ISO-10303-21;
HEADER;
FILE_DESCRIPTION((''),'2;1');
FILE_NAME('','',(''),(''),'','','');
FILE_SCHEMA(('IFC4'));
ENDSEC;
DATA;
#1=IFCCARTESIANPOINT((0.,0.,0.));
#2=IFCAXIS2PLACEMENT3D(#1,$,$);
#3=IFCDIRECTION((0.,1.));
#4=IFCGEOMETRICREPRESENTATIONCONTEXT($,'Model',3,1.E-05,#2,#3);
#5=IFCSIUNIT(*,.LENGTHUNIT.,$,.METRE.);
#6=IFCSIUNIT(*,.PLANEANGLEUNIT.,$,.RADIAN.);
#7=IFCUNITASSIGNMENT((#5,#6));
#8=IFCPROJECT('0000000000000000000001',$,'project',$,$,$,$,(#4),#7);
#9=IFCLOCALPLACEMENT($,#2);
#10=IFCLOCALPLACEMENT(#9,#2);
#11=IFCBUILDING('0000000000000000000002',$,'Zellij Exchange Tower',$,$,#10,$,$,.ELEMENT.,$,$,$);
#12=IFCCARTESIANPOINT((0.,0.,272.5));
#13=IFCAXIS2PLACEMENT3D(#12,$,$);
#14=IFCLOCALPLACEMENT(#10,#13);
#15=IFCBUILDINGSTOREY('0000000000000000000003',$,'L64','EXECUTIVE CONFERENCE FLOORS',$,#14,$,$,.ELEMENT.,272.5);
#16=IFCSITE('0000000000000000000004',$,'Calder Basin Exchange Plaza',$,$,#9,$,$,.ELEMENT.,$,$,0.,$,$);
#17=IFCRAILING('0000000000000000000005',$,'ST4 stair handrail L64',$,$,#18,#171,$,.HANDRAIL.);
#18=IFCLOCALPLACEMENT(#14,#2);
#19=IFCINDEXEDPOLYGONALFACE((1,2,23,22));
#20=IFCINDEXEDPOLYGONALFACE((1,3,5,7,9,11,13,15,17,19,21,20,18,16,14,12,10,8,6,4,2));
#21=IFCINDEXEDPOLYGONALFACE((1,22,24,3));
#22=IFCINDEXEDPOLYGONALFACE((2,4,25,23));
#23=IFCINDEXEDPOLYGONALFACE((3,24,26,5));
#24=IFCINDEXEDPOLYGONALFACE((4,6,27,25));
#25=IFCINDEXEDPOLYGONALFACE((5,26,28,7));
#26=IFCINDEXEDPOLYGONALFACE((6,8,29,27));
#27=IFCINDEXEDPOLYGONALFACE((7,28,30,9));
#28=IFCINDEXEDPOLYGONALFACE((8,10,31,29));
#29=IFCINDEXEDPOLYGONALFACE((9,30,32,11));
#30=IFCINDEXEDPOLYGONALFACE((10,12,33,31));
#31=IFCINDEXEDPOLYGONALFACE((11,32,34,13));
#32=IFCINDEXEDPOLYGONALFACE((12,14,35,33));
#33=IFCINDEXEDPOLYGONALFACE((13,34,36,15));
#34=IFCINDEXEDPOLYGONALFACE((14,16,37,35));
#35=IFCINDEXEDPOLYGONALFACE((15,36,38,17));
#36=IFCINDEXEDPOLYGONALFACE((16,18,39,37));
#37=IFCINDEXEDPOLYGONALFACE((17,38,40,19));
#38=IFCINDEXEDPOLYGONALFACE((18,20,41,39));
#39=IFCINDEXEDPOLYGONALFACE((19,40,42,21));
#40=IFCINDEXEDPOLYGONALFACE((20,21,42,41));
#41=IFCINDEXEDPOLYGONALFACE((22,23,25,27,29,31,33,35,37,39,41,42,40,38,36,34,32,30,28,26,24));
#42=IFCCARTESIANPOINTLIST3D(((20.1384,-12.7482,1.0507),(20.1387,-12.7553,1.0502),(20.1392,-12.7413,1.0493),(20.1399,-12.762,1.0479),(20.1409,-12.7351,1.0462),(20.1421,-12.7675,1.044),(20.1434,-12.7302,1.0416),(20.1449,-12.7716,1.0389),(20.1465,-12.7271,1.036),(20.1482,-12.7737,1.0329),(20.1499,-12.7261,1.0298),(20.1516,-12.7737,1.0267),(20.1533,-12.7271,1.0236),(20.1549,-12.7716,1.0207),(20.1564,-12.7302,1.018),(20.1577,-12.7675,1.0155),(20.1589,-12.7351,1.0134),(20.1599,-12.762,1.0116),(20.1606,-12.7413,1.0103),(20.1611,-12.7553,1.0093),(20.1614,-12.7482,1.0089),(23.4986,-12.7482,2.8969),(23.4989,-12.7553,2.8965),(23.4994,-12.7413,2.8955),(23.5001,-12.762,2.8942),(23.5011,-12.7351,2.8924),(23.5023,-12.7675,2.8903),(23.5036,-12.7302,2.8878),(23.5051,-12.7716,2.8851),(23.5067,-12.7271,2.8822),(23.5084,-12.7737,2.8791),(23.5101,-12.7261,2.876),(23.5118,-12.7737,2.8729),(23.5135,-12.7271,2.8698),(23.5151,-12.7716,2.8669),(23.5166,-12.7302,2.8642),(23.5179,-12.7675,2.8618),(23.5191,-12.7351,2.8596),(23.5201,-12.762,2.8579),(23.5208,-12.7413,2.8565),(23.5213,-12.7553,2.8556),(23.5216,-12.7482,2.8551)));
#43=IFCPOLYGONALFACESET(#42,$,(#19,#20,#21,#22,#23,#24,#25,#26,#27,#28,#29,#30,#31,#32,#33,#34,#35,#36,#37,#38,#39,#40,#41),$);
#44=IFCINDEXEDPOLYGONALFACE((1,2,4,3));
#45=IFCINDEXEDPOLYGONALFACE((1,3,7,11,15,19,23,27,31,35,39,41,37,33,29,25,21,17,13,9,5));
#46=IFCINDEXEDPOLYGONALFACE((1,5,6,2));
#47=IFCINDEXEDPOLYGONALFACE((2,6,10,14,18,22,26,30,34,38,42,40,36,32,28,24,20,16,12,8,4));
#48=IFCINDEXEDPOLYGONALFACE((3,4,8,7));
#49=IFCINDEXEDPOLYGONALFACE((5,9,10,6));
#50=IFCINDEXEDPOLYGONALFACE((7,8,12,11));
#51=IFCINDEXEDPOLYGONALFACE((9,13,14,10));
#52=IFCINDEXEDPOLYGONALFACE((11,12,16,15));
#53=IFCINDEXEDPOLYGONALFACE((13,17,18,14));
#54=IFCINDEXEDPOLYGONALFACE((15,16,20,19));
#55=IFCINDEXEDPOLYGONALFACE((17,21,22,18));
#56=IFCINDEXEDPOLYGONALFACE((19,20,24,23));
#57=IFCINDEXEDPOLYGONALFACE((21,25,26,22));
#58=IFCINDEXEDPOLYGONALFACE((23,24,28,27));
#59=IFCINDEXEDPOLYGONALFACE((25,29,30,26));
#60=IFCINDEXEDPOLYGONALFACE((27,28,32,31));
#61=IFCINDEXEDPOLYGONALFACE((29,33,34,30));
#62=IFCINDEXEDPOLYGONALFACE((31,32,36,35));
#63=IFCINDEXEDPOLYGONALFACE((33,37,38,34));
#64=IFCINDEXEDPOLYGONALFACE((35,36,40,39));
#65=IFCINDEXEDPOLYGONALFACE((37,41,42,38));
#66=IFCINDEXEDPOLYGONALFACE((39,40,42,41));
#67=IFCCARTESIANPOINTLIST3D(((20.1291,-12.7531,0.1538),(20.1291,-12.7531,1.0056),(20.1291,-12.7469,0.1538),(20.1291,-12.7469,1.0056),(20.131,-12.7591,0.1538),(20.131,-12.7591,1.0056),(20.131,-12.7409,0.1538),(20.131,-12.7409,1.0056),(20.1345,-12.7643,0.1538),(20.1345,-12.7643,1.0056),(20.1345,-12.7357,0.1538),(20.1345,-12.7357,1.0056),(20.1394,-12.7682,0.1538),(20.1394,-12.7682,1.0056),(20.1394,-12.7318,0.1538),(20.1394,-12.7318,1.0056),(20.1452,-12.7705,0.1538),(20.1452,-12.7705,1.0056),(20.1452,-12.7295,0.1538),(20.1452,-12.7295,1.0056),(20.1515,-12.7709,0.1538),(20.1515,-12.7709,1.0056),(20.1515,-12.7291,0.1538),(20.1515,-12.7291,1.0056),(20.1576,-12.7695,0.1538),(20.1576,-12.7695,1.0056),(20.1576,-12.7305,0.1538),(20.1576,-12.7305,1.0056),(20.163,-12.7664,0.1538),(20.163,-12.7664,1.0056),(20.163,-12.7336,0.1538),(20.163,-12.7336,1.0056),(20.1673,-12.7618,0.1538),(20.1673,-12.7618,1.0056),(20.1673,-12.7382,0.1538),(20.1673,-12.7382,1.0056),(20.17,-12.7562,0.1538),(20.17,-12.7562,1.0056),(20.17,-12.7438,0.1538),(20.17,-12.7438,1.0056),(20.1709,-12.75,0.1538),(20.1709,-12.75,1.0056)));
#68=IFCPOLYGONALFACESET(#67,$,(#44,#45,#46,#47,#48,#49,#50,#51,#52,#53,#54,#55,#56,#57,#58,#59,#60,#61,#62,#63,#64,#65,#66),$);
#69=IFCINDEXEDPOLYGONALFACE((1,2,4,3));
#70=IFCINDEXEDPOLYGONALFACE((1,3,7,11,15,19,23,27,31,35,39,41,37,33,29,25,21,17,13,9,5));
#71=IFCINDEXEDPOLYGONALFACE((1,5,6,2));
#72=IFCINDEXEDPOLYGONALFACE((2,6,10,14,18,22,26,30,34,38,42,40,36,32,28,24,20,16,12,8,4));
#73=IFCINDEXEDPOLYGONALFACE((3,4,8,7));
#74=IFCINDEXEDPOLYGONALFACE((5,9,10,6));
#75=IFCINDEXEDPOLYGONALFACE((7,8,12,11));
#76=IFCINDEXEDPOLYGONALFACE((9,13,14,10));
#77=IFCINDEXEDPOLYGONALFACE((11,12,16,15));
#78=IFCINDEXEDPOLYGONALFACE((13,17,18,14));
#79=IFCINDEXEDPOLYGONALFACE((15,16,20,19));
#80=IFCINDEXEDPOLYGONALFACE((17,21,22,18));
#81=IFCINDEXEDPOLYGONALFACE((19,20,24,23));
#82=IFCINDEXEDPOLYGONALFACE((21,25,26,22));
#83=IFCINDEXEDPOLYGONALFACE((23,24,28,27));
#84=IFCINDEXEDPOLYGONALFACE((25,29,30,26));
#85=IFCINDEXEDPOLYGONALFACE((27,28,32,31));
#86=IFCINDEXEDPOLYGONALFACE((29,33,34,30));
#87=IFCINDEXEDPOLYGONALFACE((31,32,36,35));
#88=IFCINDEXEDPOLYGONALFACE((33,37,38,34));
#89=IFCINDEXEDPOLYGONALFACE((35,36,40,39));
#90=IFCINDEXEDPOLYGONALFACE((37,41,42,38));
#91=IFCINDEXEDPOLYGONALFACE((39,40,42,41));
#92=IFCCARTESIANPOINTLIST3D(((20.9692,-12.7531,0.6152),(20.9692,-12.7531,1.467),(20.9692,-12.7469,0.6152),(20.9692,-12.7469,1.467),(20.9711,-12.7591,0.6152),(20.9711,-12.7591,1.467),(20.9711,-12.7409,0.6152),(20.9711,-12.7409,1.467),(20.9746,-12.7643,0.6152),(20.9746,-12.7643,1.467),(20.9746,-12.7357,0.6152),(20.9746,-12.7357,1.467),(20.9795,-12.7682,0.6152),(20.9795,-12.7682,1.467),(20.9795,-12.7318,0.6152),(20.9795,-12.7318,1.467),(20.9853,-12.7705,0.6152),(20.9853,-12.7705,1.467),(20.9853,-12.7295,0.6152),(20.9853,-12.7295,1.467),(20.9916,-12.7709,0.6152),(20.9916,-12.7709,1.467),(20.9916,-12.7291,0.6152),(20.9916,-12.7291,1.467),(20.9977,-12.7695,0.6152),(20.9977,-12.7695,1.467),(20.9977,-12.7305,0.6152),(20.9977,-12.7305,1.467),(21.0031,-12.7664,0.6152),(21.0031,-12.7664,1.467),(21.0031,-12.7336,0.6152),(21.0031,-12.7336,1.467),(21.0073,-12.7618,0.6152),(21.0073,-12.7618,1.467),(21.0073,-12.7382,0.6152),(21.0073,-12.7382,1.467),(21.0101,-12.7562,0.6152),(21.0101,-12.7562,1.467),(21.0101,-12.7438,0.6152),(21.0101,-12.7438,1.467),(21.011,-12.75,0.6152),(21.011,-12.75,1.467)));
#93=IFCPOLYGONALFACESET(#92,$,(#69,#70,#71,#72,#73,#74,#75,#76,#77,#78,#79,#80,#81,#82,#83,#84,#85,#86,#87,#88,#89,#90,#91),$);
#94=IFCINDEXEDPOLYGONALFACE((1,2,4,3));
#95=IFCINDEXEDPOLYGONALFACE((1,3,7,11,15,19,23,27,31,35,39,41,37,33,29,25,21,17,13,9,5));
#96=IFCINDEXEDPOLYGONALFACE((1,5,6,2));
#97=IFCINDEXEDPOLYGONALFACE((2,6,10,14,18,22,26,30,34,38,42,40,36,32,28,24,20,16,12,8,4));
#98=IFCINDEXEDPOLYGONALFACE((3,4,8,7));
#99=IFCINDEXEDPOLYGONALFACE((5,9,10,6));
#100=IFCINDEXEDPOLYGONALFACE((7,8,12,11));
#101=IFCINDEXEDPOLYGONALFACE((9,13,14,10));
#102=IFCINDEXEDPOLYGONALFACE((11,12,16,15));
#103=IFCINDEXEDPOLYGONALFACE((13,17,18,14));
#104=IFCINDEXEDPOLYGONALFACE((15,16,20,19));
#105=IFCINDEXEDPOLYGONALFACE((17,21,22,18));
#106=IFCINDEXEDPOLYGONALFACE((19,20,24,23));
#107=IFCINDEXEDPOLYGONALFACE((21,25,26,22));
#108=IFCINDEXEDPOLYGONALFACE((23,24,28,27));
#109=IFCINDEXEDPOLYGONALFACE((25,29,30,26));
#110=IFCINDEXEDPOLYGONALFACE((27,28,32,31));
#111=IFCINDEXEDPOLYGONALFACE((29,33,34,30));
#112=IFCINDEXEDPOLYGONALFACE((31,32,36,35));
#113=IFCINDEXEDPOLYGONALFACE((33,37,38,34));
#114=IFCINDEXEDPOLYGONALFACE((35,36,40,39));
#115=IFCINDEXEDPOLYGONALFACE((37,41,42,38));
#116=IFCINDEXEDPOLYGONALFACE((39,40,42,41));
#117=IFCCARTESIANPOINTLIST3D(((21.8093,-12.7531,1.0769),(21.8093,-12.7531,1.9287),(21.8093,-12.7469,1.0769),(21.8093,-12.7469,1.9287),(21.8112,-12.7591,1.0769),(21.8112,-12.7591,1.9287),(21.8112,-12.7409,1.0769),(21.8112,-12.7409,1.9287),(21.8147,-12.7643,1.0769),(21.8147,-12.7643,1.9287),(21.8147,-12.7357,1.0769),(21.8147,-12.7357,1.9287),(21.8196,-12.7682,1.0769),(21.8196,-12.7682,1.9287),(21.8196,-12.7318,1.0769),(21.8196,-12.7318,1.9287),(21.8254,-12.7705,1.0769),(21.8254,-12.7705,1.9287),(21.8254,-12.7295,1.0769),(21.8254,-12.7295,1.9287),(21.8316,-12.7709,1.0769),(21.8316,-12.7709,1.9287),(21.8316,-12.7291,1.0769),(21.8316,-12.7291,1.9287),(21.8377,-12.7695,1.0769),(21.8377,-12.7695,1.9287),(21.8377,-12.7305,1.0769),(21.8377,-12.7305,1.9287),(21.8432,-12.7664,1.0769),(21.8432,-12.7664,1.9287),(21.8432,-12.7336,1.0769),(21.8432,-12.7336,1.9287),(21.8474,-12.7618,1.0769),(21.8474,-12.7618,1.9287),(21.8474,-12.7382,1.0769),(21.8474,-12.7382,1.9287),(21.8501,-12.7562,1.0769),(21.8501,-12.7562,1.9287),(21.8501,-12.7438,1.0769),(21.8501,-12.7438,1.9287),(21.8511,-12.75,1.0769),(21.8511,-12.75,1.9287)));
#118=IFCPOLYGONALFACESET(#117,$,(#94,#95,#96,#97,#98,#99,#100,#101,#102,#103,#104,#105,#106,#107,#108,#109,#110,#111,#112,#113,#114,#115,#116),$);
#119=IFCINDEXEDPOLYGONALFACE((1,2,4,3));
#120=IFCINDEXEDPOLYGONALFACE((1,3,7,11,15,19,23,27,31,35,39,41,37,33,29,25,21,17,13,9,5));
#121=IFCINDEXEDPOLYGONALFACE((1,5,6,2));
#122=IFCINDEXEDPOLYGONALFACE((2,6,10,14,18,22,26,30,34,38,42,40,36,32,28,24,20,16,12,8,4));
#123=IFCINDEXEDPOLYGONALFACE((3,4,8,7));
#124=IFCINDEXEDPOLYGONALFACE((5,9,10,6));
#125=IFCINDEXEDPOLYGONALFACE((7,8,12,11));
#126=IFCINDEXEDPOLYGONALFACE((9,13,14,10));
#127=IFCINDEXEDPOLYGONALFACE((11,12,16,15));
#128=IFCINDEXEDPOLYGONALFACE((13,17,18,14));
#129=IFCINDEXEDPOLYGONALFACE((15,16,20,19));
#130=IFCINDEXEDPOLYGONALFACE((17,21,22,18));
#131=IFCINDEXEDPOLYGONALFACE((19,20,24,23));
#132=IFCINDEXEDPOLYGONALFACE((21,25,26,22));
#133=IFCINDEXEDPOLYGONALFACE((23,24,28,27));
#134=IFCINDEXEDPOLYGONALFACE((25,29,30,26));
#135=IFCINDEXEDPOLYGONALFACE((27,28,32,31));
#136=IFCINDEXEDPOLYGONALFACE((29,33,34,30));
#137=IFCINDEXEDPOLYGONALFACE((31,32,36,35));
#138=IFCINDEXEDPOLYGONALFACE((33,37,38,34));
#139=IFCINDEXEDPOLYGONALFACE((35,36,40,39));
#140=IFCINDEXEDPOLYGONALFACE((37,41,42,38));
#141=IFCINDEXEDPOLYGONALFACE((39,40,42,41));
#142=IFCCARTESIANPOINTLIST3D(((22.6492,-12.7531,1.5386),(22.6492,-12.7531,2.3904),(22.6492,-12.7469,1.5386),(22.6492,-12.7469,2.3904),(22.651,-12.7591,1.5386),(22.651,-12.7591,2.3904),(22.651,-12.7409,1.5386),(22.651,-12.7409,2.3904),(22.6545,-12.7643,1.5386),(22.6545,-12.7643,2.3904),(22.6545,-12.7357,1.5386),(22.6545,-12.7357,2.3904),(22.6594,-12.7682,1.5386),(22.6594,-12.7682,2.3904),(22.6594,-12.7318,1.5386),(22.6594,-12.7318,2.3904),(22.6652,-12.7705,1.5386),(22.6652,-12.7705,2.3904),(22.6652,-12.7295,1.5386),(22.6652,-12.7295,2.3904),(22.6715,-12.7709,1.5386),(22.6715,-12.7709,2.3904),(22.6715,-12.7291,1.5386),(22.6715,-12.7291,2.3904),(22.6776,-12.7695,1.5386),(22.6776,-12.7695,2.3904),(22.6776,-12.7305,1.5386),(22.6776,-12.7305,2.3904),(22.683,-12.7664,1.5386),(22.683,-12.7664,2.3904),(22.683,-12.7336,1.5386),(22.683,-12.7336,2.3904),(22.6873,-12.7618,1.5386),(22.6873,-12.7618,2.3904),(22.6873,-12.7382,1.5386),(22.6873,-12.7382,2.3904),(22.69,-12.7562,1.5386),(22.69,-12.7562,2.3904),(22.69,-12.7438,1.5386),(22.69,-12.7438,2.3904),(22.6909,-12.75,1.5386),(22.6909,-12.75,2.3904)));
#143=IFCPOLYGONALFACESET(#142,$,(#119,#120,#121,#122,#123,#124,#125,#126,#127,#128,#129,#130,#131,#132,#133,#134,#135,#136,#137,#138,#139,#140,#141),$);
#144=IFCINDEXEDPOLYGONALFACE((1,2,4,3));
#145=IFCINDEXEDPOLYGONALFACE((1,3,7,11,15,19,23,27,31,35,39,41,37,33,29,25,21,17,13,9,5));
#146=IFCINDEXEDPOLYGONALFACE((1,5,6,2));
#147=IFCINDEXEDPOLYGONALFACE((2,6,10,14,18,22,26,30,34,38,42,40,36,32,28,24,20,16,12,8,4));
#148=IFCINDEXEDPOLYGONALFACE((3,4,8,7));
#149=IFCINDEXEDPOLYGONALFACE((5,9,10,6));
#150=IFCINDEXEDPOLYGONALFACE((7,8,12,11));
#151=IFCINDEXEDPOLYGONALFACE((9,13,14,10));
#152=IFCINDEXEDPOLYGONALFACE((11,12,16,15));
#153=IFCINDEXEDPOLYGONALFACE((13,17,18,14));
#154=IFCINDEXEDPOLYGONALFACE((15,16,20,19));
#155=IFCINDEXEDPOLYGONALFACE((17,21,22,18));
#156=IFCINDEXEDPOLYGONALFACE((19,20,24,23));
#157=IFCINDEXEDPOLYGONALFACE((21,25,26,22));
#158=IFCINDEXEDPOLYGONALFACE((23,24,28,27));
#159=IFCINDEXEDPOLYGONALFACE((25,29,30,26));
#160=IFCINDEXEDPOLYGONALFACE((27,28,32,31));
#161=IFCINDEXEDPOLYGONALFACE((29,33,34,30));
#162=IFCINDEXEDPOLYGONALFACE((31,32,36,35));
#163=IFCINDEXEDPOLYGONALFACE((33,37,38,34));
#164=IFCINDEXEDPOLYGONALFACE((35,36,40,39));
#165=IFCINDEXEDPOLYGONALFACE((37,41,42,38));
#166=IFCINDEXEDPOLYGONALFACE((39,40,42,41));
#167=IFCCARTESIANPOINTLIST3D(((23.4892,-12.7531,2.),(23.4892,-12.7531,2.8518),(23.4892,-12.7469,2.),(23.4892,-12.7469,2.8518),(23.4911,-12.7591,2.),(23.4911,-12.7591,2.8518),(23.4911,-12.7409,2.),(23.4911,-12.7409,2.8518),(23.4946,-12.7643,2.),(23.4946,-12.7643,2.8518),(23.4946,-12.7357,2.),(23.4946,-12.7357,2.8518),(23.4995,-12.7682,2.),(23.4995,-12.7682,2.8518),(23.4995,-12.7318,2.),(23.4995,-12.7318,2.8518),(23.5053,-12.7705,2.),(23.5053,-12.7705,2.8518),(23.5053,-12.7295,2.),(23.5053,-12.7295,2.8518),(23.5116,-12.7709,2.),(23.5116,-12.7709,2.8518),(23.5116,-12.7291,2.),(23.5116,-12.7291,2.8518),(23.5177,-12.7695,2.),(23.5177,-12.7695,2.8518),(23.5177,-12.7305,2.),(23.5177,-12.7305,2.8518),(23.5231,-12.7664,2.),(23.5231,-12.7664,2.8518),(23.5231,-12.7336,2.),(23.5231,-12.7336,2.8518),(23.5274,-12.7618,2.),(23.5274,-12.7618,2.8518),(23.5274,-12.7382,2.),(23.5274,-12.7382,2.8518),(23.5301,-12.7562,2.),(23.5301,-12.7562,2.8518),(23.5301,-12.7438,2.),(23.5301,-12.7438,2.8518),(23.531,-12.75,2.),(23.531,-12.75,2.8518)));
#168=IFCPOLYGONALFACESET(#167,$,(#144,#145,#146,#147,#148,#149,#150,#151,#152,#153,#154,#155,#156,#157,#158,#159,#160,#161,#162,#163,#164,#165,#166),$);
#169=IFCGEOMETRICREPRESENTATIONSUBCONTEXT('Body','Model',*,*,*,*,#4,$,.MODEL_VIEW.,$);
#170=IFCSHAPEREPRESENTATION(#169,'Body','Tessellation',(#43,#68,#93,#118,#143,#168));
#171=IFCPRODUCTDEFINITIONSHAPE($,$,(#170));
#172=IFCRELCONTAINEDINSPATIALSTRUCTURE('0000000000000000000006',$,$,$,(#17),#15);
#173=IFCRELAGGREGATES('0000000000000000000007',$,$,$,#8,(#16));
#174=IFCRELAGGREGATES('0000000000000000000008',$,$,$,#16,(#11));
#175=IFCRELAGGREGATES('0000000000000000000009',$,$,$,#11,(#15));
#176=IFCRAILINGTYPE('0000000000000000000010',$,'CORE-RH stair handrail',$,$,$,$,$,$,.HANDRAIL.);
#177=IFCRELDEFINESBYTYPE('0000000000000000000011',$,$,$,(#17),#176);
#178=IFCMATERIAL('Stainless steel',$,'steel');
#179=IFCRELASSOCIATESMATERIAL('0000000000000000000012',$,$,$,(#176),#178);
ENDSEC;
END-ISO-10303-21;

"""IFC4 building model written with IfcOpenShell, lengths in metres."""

from ifc_helpers import new_model, si_unit, direction, frame, origin, origin_2d, place, context, subcontext, project, spatial, circle, extrude, material, type_object, element, save


model = new_model("IFC4")

# Units and contexts
model_context = context("Model", 3, precision=1e-05, world=origin(), true_north=direction((0.0, 1.0)))
body_context = subcontext(model_context, "Body", "Model", "MODEL_VIEW")
ifc_project = project(units=[si_unit("LENGTHUNIT", "METRE"), si_unit("PLANEANGLEUNIT", "RADIAN")], contexts=[model_context])

# Site, building, storey
site_placement = place(None, origin())
site = spatial("IfcSite", under=ifc_project, at=site_placement, Name="Calder Basin Exchange Plaza", CompositionType="ELEMENT", RefElevation=0.0)
building_placement = place(site_placement, origin())
building = spatial("IfcBuilding", under=site, at=building_placement, Name="Zellij Exchange Tower", CompositionType="ELEMENT")
storey_placement = place(building_placement, frame((0.0, 0.0, 272.5)))
storey = spatial("IfcBuildingStorey", under=building, at=storey_placement, Name="L64", Description="EXECUTIVE CONFERENCE FLOORS", CompositionType="ELEMENT", Elevation=272.5)

# Railing
ifc_material_1 = material(Name="Stainless steel", Category="steel")
railing_type_1 = type_object("IfcRailingType", Name="CORE-RH stair handrail", PredefinedType="HANDRAIL", material=ifc_material_1)
railing_1_placement = place(storey_placement, frame((20.1499, -12.75, 0.1538)))
element("IfcRailing", 1, at=railing_1_placement, inside=storey, type_object=railing_type_1, Name="ST4 stair handrail L64", PredefinedType="HANDRAIL", context=body_context, shape_type="SweptSolid", body=[
    extrude(circle(Radius=0.0239, at=origin_2d()), frame((0.0, 0.0, 0.876), z_axis=(0.876422, 0.0, 0.481545), x_axis=(0.0, 1.0, 0.0)), (0.0, 0.0, 1.0), 3.834),
    extrude(circle(Radius=0.021, at=origin_2d()), origin(), (0.0, 0.0, 1.0), 0.8518),
    extrude(circle(Radius=0.021, at=origin_2d()), frame((0.8401, 0.0, 0.4614)), (0.0, 0.0, 1.0), 0.8518),
    extrude(circle(Radius=0.021, at=origin_2d()), frame((1.6802, 0.0, 0.9231)), (0.0, 0.0, 1.0), 0.8518),
    extrude(circle(Radius=0.021, at=origin_2d()), frame((2.52, 0.0, 1.3848)), (0.0, 0.0, 1.0), 0.8518),
    extrude(circle(Radius=0.021, at=origin_2d()), frame((3.3601, 0.0, 1.8462)), (0.0, 0.0, 1.0), 0.8518),
])

save(model, "model.ifc")
